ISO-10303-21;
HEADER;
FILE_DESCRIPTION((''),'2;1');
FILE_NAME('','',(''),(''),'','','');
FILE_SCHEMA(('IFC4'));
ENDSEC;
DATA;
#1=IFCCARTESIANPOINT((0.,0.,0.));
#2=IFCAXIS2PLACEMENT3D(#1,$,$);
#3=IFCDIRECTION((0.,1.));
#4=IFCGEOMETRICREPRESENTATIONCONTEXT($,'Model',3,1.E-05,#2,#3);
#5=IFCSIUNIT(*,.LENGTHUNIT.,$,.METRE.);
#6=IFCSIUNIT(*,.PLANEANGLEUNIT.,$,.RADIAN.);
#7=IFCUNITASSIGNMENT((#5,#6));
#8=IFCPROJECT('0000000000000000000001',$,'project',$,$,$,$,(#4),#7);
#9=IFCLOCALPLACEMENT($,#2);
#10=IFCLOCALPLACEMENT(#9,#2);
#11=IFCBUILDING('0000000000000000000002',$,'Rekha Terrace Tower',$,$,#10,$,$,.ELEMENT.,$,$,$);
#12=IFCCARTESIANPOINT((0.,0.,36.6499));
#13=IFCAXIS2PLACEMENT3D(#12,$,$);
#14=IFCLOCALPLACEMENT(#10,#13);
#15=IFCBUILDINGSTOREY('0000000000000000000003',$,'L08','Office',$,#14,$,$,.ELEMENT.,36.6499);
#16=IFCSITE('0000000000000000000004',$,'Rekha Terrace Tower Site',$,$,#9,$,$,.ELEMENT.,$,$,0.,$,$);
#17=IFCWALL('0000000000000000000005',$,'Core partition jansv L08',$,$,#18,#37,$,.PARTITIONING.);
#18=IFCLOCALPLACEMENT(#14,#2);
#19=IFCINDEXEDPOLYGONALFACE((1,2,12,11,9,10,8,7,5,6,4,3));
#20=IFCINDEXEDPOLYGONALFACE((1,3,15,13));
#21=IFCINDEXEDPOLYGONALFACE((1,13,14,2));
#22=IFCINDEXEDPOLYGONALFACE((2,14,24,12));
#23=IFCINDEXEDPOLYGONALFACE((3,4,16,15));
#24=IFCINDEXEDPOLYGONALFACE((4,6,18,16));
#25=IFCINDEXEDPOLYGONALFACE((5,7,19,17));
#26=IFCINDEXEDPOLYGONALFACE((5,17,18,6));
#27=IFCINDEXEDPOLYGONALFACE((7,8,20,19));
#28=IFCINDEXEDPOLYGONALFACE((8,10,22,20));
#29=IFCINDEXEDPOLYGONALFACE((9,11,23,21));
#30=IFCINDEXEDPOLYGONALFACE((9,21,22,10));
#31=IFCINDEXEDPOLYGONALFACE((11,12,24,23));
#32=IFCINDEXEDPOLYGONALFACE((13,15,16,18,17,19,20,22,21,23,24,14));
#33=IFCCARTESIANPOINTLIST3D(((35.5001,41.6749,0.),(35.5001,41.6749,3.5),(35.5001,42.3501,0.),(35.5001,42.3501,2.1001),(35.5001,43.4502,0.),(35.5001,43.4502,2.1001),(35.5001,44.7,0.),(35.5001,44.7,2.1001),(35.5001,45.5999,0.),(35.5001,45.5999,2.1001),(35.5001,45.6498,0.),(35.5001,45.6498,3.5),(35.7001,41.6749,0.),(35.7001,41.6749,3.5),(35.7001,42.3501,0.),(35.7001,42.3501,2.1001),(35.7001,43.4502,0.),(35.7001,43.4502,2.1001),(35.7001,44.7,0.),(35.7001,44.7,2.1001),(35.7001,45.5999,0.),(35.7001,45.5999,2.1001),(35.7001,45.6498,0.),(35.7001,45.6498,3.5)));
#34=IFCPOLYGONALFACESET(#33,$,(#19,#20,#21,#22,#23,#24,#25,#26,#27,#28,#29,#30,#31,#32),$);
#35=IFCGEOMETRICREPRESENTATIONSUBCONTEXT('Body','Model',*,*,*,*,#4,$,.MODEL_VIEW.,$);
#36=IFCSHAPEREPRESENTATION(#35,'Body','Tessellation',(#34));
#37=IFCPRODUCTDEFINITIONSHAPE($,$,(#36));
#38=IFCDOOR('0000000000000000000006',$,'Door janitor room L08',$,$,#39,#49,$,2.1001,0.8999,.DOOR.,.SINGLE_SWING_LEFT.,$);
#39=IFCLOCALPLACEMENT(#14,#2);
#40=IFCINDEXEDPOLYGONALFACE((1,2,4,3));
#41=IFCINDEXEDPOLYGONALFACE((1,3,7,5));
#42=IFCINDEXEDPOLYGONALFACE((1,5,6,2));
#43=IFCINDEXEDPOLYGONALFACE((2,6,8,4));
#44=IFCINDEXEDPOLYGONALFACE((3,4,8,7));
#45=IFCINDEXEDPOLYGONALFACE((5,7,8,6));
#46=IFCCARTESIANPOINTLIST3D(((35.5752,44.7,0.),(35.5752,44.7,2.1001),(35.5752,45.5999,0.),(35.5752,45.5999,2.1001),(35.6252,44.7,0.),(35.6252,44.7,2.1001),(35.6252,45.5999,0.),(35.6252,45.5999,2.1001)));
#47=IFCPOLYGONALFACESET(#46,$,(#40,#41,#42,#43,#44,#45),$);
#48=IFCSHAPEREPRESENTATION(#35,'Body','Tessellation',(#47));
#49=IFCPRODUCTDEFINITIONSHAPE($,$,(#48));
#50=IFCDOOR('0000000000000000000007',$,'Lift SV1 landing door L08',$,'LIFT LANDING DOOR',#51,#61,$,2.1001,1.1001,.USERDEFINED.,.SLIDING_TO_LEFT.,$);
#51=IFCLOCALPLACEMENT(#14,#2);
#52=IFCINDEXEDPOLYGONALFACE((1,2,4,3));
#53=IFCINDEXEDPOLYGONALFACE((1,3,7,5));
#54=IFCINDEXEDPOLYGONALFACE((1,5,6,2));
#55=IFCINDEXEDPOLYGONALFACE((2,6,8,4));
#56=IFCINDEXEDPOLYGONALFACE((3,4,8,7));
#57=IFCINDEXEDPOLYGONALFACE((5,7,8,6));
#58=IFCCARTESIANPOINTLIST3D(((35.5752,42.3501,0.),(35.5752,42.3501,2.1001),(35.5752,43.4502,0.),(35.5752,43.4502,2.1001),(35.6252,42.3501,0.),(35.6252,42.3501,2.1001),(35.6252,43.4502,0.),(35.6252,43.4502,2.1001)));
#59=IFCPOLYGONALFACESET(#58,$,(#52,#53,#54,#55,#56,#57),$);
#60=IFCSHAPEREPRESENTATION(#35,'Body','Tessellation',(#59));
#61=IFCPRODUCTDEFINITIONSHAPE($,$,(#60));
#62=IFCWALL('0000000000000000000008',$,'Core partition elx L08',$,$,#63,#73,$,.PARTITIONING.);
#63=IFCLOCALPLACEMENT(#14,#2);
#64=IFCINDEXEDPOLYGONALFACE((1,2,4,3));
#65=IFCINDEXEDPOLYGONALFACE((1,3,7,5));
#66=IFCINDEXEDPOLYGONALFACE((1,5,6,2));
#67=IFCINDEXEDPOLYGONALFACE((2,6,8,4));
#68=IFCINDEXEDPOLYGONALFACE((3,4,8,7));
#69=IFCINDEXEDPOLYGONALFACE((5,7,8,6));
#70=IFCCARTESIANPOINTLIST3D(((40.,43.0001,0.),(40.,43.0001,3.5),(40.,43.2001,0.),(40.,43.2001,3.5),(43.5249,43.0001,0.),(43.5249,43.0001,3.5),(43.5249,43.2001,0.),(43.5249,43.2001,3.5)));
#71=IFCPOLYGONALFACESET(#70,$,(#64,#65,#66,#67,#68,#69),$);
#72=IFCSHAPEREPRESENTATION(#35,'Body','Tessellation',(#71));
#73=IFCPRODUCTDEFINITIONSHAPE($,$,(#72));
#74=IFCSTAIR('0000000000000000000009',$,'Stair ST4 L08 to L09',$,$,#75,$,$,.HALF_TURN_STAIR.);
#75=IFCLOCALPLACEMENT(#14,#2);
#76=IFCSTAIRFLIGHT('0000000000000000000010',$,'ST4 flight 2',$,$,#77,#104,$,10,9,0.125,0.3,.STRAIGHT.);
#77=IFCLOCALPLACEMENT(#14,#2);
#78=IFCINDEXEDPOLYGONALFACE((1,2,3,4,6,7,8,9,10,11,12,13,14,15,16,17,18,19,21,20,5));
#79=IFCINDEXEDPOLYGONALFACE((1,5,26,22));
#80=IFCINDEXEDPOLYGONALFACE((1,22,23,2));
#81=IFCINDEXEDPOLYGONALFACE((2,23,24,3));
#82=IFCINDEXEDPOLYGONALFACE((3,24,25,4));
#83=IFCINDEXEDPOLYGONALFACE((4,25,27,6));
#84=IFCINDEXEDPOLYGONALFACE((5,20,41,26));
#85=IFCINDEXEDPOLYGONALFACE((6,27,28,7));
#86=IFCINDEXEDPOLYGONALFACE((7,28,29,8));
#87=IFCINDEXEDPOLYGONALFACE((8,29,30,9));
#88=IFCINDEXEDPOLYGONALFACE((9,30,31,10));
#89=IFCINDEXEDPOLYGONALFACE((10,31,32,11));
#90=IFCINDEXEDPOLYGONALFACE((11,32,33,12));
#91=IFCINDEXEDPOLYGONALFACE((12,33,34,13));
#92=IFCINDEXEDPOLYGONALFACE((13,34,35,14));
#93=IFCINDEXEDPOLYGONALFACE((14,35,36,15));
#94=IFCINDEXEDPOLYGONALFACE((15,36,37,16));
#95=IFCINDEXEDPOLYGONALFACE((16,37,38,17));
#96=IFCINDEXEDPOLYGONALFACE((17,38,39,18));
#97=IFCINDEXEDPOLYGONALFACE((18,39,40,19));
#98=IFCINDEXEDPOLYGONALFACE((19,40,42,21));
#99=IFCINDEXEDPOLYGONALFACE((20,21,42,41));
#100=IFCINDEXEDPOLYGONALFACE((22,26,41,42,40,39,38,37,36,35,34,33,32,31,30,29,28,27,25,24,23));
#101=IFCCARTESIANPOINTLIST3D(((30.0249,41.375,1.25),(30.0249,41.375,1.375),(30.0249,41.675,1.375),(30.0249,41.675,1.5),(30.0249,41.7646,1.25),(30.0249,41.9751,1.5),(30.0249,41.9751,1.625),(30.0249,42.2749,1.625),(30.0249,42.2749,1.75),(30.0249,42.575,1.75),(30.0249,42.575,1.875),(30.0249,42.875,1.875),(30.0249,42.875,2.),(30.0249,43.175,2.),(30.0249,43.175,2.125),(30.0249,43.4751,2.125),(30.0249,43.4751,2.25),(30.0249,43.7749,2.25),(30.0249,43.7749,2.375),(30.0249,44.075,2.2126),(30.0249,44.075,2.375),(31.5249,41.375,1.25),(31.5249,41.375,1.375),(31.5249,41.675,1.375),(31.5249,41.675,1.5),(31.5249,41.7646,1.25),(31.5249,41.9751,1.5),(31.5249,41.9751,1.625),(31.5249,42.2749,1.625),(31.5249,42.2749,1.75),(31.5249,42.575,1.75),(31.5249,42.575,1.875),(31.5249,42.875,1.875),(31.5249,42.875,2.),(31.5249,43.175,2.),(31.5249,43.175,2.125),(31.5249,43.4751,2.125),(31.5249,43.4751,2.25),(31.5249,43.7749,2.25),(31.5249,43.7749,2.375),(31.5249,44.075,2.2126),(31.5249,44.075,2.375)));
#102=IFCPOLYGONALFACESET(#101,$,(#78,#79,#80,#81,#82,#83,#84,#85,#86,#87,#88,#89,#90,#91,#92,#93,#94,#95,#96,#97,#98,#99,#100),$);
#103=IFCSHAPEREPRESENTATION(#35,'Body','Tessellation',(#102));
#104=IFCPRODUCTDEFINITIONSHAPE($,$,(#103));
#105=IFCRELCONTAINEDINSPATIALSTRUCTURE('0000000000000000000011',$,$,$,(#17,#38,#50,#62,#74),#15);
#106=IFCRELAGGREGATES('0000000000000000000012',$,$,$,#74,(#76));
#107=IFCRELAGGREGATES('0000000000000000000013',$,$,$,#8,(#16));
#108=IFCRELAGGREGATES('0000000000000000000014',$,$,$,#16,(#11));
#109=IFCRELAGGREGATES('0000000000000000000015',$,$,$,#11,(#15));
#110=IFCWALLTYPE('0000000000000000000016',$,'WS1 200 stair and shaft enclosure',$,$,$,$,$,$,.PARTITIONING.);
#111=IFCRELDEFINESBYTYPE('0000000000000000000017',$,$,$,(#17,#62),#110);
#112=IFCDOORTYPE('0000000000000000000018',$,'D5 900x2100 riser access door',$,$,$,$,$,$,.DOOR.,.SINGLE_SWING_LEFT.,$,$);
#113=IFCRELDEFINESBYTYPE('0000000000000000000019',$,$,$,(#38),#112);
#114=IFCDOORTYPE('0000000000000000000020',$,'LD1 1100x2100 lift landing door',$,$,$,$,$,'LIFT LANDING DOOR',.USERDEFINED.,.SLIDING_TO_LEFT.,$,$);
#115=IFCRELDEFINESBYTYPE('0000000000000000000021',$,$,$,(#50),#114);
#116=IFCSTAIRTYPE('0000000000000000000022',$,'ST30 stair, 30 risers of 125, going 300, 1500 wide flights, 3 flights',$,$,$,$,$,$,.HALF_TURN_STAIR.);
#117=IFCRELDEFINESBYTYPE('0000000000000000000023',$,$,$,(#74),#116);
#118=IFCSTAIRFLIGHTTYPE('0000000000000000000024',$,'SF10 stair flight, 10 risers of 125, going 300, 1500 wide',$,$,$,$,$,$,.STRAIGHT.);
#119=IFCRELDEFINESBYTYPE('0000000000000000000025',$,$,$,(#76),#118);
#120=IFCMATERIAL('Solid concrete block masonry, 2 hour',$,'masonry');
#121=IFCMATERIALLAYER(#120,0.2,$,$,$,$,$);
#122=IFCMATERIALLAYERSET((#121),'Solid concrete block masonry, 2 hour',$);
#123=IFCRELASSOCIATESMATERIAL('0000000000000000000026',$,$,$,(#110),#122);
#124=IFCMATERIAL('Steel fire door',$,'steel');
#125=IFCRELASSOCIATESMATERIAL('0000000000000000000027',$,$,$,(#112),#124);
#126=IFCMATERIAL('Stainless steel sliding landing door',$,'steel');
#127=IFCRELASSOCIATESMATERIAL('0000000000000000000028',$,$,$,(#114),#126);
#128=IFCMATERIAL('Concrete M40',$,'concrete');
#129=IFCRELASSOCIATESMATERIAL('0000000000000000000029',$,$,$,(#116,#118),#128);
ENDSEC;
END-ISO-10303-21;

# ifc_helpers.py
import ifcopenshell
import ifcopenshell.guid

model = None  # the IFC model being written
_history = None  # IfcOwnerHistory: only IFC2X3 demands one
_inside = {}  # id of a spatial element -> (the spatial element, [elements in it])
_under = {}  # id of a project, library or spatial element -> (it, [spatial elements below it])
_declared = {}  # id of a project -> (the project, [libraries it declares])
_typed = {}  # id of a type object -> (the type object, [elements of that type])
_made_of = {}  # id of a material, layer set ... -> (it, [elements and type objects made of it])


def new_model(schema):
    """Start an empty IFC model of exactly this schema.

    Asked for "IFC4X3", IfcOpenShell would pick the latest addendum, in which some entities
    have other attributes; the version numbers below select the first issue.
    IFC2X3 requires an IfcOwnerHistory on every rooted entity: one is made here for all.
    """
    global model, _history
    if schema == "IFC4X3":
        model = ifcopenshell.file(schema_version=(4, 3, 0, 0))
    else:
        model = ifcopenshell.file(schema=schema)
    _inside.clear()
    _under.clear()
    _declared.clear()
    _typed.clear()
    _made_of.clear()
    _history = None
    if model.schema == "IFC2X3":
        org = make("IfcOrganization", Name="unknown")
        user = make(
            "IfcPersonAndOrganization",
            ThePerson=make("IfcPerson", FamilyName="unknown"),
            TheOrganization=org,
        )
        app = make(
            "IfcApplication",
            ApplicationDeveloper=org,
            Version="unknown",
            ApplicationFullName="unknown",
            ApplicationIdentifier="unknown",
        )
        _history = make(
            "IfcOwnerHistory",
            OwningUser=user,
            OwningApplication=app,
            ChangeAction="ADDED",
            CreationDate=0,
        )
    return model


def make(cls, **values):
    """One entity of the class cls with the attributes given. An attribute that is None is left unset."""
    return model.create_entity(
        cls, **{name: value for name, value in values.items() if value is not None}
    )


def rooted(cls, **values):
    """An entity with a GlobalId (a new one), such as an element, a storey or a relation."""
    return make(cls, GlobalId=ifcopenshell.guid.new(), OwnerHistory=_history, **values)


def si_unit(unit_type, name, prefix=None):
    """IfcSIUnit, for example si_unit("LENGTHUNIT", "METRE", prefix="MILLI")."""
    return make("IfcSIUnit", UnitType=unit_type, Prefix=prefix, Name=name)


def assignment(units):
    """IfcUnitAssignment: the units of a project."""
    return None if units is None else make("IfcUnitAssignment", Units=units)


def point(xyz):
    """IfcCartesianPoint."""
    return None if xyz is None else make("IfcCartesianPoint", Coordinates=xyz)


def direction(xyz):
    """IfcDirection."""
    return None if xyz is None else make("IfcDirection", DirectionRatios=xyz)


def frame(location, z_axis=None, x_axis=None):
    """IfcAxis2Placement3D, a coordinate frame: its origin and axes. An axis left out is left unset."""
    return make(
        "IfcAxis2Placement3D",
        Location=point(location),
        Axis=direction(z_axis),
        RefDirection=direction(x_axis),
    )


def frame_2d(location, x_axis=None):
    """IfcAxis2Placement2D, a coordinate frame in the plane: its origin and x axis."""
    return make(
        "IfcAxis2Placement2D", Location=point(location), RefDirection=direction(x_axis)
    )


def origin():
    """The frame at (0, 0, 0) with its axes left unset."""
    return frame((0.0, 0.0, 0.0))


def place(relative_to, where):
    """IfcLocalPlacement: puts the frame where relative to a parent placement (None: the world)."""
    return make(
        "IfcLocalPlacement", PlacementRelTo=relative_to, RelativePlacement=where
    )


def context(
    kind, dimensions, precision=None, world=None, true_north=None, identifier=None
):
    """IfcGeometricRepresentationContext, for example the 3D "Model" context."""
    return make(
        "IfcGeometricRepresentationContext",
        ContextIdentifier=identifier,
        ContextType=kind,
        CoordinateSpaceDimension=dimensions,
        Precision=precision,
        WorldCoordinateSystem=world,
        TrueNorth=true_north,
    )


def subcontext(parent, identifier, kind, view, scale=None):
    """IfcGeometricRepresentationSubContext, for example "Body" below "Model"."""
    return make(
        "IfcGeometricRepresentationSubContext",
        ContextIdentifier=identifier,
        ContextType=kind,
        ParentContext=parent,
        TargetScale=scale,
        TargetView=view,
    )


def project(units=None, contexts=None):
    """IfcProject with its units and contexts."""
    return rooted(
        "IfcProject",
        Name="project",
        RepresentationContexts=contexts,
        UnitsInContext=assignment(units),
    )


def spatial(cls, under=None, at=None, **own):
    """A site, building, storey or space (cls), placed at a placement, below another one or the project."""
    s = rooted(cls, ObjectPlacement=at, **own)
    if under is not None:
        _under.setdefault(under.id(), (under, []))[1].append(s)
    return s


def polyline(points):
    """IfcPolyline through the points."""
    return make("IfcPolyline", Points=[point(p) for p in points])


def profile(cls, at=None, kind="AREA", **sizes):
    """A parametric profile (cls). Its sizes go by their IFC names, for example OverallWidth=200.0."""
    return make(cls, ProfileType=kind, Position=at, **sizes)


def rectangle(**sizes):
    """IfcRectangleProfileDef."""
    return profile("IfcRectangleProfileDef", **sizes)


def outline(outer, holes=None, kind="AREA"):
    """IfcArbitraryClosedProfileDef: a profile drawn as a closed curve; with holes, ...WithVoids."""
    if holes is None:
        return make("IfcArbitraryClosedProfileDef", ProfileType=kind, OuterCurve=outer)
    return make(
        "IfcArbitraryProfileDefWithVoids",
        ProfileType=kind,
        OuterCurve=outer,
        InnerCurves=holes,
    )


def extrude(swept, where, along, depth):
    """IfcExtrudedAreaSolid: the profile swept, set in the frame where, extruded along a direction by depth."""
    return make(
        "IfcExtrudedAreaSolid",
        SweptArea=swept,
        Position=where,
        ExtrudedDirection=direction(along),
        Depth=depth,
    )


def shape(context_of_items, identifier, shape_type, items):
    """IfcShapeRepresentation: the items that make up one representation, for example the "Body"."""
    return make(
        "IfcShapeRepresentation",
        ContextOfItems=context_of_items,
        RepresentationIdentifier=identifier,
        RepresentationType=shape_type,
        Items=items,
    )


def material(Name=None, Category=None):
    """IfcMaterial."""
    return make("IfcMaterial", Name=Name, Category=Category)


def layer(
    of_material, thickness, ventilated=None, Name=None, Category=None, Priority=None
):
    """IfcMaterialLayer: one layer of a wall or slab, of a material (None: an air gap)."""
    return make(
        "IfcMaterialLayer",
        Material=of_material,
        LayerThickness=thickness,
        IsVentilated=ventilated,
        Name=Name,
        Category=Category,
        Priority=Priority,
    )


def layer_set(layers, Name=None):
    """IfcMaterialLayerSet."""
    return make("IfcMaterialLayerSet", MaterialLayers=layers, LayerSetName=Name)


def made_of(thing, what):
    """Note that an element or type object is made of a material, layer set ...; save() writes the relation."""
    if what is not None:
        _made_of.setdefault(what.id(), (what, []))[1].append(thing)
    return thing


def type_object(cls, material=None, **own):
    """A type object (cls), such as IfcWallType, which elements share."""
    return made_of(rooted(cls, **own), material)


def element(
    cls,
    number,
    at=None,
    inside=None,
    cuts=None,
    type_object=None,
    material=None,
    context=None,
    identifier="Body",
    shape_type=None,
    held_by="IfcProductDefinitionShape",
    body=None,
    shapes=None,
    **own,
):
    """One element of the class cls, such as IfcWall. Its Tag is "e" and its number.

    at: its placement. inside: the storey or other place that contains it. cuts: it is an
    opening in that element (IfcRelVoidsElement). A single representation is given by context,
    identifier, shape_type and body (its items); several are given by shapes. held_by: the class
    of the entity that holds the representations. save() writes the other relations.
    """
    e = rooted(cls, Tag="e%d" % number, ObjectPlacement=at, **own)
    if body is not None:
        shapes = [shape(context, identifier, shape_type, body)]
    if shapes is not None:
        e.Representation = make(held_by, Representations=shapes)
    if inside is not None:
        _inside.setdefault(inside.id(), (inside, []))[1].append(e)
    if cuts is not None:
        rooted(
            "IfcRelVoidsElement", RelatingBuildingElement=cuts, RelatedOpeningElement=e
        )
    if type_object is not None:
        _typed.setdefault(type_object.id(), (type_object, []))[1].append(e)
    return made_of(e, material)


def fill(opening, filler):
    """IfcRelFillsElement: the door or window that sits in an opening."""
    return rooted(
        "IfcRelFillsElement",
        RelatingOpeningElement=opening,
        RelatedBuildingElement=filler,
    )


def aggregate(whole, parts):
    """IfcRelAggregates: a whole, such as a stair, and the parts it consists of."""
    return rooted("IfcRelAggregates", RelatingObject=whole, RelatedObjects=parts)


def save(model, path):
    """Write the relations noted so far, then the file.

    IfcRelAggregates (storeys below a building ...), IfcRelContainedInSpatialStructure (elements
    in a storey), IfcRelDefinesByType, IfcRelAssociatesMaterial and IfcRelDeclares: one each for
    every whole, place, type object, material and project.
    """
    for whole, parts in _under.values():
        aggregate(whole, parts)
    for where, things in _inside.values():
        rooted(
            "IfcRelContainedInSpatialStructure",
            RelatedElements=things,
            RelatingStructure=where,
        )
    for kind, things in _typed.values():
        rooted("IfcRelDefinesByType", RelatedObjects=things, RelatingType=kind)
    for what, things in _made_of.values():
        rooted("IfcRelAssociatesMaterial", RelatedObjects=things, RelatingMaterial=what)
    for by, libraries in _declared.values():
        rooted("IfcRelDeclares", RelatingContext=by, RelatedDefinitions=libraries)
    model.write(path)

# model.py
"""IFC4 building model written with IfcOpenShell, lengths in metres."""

from ifc_helpers import new_model, si_unit, direction, frame, frame_2d, origin, place, context, subcontext, project, spatial, polyline, rectangle, outline, extrude, material, layer, layer_set, type_object, element, fill, aggregate, save


model = new_model("IFC4")

# Units and contexts
model_context = context("Model", 3, precision=1e-05, world=origin(), true_north=direction((0.0, 1.0)))
body_context = subcontext(model_context, "Body", "Model", "MODEL_VIEW")
ifc_project = project(units=[si_unit("LENGTHUNIT", "METRE"), si_unit("PLANEANGLEUNIT", "RADIAN")], contexts=[model_context])

# Site, building, storey
site_placement = place(None, origin())
site = spatial("IfcSite", under=ifc_project, at=site_placement, Name="Rekha Terrace Tower Site", CompositionType="ELEMENT", RefElevation=0.0)
building_placement = place(site_placement, origin())
building = spatial("IfcBuilding", under=site, at=building_placement, Name="Rekha Terrace Tower", CompositionType="ELEMENT")
storey_placement = place(building_placement, frame((0.0, 0.0, 36.6499)))
storey = spatial("IfcBuildingStorey", under=building, at=storey_placement, Name="L08", Description="Office", CompositionType="ELEMENT", Elevation=36.6499)

# Shared definitions
ifc_material_1 = material(Name="Solid concrete block masonry, 2 hour", Category="masonry")
ifc_layer_1 = layer(ifc_material_1, 0.2)
ifc_layer_set_1 = layer_set([ifc_layer_1], Name="Solid concrete block masonry, 2 hour")
wall_type_1 = type_object("IfcWallType", Name="WS1 200 stair and shaft enclosure", PredefinedType="PARTITIONING", material=ifc_layer_set_1)

# Wall, openings, doors
ifc_material_2 = material(Name="Steel fire door", Category="steel")
door_type_1 = type_object("IfcDoorType", Name="D5 900x2100 riser access door", OperationType="SINGLE_SWING_LEFT", PredefinedType="DOOR", material=ifc_material_2)
wall_1_placement = place(storey_placement, frame((35.6001, 41.675, 0.0), z_axis=(0.0, 0.0, 1.0), x_axis=(0.0, 1.0, 0.0)))
wall_1 = element("IfcWall", 1, at=wall_1_placement, inside=storey, type_object=wall_type_1, Name="Core partition jansv L08", PredefinedType="PARTITIONING", context=body_context, shape_type="SweptSolid", body=[
    extrude(rectangle(XDim=3.9749, YDim=0.2, at=frame_2d((1.9873, 0.0))), origin(), (0.0, 0.0, 1.0), 3.5),
])
opening_1_placement = place(wall_1_placement, frame((3.0249, 0.0, 0.0)))
opening_1 = element("IfcOpeningElement", 2, at=opening_1_placement, cuts=wall_1, PredefinedType="OPENING", context=body_context, shape_type="SweptSolid", body=[
    extrude(rectangle(XDim=0.8999, YDim=2.1001, at=frame_2d((0.45, 1.05))), frame((0.0, 0.1099, 0.0), z_axis=(0.0, -1.0, 0.0), x_axis=(1.0, 0.0, 0.0)), (0.0, 0.0, 1.0), 0.22),
])
opening_2_placement = place(wall_1_placement, frame((0.675, 0.0, 0.0)))
opening_2 = element("IfcOpeningElement", 3, at=opening_2_placement, cuts=wall_1, PredefinedType="OPENING", context=body_context, shape_type="SweptSolid", body=[
    extrude(rectangle(XDim=1.1001, YDim=2.1001, at=frame_2d((0.55, 1.05))), frame((0.0, 0.1099, 0.0), z_axis=(0.0, -1.0, 0.0), x_axis=(1.0, 0.0, 0.0)), (0.0, 0.0, 1.0), 0.22),
])
door_1_placement = place(opening_1_placement, origin())
door_1 = element("IfcDoor", 4, at=door_1_placement, inside=storey, type_object=door_type_1, Name="Door janitor room L08", OperationType="SINGLE_SWING_LEFT", OverallHeight=2.1001, OverallWidth=0.8999, PredefinedType="DOOR", context=body_context, shape_type="SweptSolid", body=[
    extrude(rectangle(XDim=0.8999, YDim=2.1001, at=frame_2d((0.45, 1.05))), frame((0.0, 0.0249, 0.0), z_axis=(0.0, -1.0, 0.0), x_axis=(1.0, 0.0, 0.0)), (0.0, 0.0, 1.0), 0.05),
])
fill(opening_1, door_1)
ifc_material_3 = material(Name="Stainless steel sliding landing door", Category="steel")
door_type_2 = type_object("IfcDoorType", Name="LD1 1100x2100 lift landing door", ElementType="LIFT LANDING DOOR", OperationType="SLIDING_TO_LEFT", PredefinedType="USERDEFINED", material=ifc_material_3)
door_2_placement = place(opening_2_placement, origin())
door_2 = element("IfcDoor", 5, at=door_2_placement, inside=storey, type_object=door_type_2, Name="Lift SV1 landing door L08", ObjectType="LIFT LANDING DOOR", OperationType="SLIDING_TO_LEFT", OverallHeight=2.1001, OverallWidth=1.1001, PredefinedType="USERDEFINED", context=body_context, shape_type="SweptSolid", body=[
    extrude(rectangle(XDim=1.1001, YDim=2.1001, at=frame_2d((0.55, 1.05))), frame((0.0, 0.0249, 0.0), z_axis=(0.0, -1.0, 0.0), x_axis=(1.0, 0.0, 0.0)), (0.0, 0.0, 1.0), 0.05),
])
fill(opening_2, door_2)

# Wall
wall_2_placement = place(storey_placement, frame((40.0, 43.1001, 0.0), z_axis=(0.0, 0.0, 1.0), x_axis=(1.0, 0.0, 0.0)))
element("IfcWall", 6, at=wall_2_placement, inside=storey, type_object=wall_type_1, Name="Core partition elx L08", PredefinedType="PARTITIONING", context=body_context, shape_type="SweptSolid", body=[
    extrude(rectangle(XDim=3.5249, YDim=0.2, at=frame_2d((1.7625, 0.0))), origin(), (0.0, 0.0, 1.0), 3.5),
])

# Stair, stair flight
ifc_material_4 = material(Name="Concrete M40", Category="concrete")
stair_type = type_object("IfcStairType", Name="ST30 stair, 30 risers of 125, going 300, 1500 wide flights, 3 flights", PredefinedType="HALF_TURN_STAIR", material=ifc_material_4)
stair_placement = place(storey_placement, origin())
stair = element("IfcStair", 7, at=stair_placement, inside=storey, type_object=stair_type, Name="Stair ST4 L08 to L09", PredefinedType="HALF_TURN_STAIR")
stair_flight_type = type_object("IfcStairFlightType", Name="SF10 stair flight, 10 risers of 125, going 300, 1500 wide", PredefinedType="STRAIGHT", material=ifc_material_4)
stair_flight_placement = place(storey_placement, frame((30.7749, 41.375, 1.25), z_axis=(0.0, 0.0, 1.0), x_axis=(0.0, 1.0, 0.0)))
stair_flight = element("IfcStairFlight", 8, at=stair_flight_placement, type_object=stair_flight_type, Name="ST4 flight 2", NumberOfRisers=10, NumberOfTreads=9, PredefinedType="STRAIGHT", RiserHeight=0.125, TreadLength=0.3, context=body_context, shape_type="SweptSolid", body=[
    extrude(outline(polyline([(0.0, 0.0), (0.0, 0.125), (0.3, 0.125), (0.3, 0.25), (0.6001, 0.25), (0.6001, 0.375), (0.8999, 0.375), (0.8999, 0.5), (1.2, 0.5), (1.2, 0.625), (1.5, 0.625), (1.5, 0.75), (1.8, 0.75), (1.8, 0.875), (2.1001, 0.875), (2.1001, 1.0), (2.3999, 1.0), (2.3999, 1.125), (2.7, 1.125), (2.7, 1.25), (2.7, 0.9626), (0.3896, 0.0), (0.0, 0.0)])), frame((0.0, 0.75, 0.0), z_axis=(0.0, -1.0, 0.0), x_axis=(1.0, 0.0, 0.0)), (0.0, 0.0, 1.0), 1.5),
])
aggregate(stair, [stair_flight])

save(model, "model.ifc")
